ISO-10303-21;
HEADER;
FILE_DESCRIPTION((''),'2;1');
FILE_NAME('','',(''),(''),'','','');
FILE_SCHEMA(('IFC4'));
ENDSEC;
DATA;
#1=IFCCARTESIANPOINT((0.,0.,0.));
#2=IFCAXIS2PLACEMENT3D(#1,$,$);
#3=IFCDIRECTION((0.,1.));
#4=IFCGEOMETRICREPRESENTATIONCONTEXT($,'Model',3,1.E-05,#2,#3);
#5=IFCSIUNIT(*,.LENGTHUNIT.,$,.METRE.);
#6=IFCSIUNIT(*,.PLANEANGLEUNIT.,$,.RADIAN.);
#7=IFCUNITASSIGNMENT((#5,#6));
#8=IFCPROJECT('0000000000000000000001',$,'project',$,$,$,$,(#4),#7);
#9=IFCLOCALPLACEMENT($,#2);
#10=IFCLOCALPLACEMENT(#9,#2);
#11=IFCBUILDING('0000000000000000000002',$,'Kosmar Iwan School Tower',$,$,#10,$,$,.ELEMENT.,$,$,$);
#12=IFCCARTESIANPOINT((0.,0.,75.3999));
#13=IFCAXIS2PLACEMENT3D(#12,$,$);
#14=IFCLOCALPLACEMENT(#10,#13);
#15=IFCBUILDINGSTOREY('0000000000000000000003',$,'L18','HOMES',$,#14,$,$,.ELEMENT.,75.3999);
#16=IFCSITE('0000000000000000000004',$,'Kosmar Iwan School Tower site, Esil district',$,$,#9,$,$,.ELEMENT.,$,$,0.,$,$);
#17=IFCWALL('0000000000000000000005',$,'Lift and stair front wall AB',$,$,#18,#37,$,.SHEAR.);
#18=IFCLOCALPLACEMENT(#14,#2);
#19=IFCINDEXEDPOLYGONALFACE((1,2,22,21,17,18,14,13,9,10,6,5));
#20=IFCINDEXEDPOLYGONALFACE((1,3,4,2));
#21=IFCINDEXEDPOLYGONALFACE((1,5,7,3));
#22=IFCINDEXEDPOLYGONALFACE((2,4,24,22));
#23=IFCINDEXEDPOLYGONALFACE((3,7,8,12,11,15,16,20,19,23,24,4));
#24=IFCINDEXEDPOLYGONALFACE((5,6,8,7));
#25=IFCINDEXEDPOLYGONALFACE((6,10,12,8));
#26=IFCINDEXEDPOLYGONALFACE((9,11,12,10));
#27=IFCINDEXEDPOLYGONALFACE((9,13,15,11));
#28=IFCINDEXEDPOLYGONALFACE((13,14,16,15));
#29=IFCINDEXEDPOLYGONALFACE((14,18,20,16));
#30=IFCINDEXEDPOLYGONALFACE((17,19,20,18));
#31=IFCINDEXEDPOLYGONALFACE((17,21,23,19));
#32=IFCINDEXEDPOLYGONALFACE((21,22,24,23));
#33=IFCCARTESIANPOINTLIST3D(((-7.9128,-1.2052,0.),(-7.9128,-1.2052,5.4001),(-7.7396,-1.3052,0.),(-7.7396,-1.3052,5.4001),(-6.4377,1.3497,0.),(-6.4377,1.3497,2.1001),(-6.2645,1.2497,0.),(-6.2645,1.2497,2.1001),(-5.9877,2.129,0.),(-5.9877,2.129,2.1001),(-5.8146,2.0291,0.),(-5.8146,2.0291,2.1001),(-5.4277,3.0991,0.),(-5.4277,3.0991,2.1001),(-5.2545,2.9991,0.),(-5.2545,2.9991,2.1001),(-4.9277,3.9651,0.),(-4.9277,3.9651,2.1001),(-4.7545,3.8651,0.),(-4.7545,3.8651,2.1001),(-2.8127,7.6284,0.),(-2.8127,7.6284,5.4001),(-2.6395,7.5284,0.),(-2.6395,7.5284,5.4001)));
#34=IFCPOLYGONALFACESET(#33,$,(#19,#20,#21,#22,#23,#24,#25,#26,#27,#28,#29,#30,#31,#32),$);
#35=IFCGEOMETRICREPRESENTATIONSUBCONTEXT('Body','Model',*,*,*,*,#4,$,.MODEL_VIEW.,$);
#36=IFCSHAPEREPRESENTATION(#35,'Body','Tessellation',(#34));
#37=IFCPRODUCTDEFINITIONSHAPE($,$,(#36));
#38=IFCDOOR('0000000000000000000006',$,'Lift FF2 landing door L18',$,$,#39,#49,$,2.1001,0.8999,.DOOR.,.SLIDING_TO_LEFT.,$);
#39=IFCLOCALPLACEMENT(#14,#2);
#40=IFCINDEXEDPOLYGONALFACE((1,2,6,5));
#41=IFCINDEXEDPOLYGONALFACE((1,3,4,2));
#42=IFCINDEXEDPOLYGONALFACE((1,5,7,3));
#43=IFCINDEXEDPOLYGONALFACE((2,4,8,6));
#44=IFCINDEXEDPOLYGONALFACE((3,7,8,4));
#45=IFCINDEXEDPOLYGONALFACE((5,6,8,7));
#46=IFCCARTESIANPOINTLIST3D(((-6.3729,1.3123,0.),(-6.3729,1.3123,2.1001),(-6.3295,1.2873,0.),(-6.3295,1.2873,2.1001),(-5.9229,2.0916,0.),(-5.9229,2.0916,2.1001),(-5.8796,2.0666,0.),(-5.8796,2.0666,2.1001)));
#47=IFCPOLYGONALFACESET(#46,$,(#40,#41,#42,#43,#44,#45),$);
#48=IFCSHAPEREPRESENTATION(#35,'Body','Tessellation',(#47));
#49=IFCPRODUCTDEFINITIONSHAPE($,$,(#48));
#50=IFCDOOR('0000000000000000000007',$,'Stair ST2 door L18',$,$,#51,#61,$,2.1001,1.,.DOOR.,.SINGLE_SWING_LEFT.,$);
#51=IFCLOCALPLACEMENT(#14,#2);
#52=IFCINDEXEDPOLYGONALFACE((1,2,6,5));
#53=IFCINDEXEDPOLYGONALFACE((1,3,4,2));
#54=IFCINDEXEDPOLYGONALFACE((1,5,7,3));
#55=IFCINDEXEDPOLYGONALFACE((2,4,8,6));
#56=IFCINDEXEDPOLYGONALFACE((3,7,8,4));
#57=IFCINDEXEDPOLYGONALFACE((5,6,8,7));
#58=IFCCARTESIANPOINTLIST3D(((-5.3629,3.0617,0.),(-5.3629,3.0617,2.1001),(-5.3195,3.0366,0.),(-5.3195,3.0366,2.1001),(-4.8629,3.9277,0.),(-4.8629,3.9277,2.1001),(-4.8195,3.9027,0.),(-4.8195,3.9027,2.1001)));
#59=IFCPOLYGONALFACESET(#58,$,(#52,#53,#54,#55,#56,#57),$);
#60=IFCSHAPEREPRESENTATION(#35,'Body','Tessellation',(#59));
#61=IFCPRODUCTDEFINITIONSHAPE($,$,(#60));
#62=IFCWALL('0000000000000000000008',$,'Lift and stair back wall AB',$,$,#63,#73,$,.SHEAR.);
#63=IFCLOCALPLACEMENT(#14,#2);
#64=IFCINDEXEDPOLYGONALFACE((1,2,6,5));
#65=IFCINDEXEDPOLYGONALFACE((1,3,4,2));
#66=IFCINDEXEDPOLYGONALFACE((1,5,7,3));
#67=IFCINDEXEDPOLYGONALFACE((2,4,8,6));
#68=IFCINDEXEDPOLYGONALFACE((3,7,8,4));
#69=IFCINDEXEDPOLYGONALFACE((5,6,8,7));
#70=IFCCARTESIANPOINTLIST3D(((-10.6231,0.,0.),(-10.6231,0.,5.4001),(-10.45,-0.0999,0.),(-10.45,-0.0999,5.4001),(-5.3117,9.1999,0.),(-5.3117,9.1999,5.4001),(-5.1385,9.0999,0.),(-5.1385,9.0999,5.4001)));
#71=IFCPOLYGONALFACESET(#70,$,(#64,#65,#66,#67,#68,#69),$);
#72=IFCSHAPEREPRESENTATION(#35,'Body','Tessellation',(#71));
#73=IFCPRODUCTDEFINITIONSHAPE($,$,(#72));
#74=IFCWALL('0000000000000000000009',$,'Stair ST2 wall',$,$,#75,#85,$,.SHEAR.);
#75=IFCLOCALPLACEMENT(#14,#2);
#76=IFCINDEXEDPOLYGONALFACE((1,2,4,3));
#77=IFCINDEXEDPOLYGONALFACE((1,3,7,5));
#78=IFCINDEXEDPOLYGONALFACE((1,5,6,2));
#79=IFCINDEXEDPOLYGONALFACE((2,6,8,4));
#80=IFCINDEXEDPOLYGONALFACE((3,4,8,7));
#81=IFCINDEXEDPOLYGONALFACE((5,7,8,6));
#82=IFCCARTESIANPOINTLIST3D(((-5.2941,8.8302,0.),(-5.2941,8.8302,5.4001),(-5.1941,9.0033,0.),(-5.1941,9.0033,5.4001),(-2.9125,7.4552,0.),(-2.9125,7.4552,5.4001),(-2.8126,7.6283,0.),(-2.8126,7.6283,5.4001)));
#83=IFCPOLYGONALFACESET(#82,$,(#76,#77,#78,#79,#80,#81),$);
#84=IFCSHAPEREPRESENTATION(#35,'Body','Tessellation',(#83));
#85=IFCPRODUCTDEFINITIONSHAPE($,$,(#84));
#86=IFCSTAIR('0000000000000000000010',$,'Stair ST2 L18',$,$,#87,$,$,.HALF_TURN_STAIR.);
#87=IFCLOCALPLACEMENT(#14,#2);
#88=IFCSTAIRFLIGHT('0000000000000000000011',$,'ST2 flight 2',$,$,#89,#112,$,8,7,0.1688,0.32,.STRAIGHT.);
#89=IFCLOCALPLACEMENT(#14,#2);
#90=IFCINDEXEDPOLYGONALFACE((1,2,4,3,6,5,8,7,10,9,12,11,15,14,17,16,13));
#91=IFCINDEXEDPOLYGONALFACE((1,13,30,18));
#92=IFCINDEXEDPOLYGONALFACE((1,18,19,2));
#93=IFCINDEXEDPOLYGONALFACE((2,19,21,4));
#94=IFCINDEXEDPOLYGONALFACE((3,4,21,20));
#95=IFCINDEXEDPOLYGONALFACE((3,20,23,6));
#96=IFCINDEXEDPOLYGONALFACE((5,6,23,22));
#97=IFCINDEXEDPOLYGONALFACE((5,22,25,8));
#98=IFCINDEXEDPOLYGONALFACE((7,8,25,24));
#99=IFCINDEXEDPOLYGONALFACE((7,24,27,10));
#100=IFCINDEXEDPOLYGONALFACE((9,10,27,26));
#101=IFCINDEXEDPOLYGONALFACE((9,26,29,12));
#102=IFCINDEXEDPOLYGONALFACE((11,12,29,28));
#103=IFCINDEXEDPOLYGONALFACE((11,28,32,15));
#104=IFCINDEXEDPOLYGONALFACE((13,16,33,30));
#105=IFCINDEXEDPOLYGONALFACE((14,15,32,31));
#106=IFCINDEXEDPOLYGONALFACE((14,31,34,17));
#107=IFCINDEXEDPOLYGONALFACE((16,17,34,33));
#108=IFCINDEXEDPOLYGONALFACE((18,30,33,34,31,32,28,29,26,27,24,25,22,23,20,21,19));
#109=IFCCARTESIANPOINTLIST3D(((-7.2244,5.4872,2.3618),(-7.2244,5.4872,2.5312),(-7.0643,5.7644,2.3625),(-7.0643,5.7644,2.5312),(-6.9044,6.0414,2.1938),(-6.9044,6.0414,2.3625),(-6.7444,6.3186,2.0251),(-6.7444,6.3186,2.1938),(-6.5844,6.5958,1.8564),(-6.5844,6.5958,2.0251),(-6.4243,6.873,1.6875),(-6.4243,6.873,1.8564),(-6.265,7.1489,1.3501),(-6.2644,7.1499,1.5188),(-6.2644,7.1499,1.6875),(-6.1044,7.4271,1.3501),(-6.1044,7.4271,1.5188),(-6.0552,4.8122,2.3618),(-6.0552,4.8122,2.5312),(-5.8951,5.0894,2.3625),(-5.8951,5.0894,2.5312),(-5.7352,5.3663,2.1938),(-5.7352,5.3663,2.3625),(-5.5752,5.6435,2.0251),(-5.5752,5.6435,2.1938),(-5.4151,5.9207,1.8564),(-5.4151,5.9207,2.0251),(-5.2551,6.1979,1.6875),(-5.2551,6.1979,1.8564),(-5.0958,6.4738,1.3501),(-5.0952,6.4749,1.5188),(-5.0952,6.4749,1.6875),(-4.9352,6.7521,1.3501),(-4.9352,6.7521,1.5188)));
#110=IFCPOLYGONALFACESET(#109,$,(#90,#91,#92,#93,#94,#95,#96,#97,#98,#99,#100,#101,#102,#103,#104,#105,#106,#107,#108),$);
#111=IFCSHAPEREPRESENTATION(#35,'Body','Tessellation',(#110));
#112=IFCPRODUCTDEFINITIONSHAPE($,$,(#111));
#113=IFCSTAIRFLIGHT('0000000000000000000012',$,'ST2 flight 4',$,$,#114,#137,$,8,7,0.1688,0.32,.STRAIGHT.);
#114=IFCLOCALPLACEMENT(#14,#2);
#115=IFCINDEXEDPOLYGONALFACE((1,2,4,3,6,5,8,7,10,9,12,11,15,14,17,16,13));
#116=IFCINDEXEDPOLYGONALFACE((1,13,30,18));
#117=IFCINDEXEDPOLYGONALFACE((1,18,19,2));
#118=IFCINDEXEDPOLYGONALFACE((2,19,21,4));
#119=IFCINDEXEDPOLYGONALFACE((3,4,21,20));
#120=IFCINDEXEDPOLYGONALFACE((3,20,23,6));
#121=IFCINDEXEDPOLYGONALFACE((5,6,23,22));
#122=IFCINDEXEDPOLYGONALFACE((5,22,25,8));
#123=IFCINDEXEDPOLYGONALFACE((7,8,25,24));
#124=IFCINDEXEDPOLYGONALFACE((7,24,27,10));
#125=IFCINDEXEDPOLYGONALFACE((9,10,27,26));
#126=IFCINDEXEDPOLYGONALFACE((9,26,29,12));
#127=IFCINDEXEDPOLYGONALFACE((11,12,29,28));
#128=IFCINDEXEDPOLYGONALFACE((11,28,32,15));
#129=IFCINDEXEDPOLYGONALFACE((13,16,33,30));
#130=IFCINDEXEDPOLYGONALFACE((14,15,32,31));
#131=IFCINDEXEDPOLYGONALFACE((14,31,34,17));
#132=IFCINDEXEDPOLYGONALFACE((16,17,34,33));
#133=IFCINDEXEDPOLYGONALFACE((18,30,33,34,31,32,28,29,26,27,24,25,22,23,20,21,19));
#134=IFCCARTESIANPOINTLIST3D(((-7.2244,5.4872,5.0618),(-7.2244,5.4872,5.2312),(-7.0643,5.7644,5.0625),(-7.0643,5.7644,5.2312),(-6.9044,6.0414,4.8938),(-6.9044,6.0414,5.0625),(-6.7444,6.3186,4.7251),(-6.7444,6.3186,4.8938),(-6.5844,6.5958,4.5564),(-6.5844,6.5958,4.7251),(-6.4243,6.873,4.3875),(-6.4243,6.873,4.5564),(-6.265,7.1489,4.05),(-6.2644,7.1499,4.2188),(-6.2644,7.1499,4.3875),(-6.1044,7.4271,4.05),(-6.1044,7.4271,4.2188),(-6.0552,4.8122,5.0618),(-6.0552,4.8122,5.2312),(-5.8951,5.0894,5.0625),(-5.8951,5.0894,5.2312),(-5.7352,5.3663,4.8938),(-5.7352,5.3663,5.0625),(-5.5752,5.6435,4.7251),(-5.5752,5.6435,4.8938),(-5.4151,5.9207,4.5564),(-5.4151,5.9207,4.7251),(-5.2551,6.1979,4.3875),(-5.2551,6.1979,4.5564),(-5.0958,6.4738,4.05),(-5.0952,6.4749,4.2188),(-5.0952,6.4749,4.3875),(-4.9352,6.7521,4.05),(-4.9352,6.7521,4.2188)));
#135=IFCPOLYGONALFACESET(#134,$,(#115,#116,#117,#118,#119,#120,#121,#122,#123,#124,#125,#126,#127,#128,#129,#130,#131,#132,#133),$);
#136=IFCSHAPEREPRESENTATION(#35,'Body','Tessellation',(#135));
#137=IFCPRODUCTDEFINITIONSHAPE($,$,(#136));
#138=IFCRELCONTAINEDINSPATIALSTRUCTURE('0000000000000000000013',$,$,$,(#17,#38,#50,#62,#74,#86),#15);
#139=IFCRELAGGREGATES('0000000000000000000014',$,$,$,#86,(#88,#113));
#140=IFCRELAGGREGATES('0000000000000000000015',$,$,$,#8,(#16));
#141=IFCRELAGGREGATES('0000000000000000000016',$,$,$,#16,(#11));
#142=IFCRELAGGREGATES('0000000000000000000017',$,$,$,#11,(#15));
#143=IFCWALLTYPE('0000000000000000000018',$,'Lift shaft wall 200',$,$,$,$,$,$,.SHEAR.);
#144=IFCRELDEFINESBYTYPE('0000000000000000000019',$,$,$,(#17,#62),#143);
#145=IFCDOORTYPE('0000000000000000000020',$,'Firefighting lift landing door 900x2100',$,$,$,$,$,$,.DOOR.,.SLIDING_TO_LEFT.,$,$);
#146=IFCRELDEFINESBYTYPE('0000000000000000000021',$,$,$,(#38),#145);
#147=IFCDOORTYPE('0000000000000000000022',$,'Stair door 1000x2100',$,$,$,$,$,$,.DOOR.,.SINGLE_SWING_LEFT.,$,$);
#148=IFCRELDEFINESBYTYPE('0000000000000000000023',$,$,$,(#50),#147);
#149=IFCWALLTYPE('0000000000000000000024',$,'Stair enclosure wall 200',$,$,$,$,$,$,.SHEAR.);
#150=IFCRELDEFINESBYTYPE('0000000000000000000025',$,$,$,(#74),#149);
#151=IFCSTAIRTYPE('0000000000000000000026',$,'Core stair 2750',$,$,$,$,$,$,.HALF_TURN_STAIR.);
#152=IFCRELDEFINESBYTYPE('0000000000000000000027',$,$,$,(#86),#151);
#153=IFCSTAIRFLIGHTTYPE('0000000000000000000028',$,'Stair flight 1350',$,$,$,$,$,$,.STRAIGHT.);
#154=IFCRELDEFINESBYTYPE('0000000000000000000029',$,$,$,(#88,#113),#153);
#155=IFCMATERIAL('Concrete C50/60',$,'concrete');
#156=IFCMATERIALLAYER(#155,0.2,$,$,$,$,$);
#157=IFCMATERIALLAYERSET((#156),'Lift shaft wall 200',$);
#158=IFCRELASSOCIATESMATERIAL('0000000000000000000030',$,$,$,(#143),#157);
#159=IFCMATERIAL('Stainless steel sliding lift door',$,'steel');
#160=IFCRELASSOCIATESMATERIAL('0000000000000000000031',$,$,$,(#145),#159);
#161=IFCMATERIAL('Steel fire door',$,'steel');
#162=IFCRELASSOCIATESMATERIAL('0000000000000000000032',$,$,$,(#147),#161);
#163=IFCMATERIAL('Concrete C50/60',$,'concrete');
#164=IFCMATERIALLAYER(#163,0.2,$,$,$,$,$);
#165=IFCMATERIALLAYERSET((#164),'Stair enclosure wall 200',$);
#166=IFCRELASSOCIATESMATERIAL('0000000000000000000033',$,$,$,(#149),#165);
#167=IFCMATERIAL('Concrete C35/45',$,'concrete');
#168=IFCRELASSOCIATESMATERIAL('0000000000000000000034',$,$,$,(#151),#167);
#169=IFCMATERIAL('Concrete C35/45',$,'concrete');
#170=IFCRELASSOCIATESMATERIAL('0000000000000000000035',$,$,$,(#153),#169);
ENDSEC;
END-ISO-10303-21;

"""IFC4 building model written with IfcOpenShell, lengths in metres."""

from ifc_helpers import new_model, si_unit, direction, frame, frame_2d, origin, place, context, subcontext, project, spatial, polyline, rectangle, outline, extrude, material, layer, layer_set, type_object, element, fill, aggregate, save


model = new_model("IFC4")

# Units and contexts
model_context = context("Model", 3, precision=1e-05, world=origin(), true_north=direction((0.0, 1.0)))
body_context = subcontext(model_context, "Body", "Model", "MODEL_VIEW")
ifc_project = project(units=[si_unit("LENGTHUNIT", "METRE"), si_unit("PLANEANGLEUNIT", "RADIAN")], contexts=[model_context])

# Site, building, storey
site_placement = place(None, origin())
site = spatial("IfcSite", under=ifc_project, at=site_placement, Name="Kosmar Iwan School Tower site, Esil district", CompositionType="ELEMENT", RefElevation=0.0)
building_placement = place(site_placement, origin())
building = spatial("IfcBuilding", under=site, at=building_placement, Name="Kosmar Iwan School Tower", CompositionType="ELEMENT")
storey_placement = place(building_placement, frame((0.0, 0.0, 75.3999)))
storey = spatial("IfcBuildingStorey", under=building, at=storey_placement, Name="L18", Description="HOMES", CompositionType="ELEMENT", Elevation=75.3999)

# Wall, openings, doors
ifc_material_1 = material(Name="Concrete C50/60", Category="concrete")
ifc_layer_1 = layer(ifc_material_1, 0.2)
ifc_layer_set_1 = layer_set([ifc_layer_1], Name="Lift shaft wall 200")
wall_type_1 = type_object("IfcWallType", Name="Lift shaft wall 200", PredefinedType="SHEAR", material=ifc_layer_set_1)
wall_1_placement = place(storey_placement, frame((-2.7261, 7.5784, 0.0), z_axis=(0.0, 0.0, 1.0), x_axis=(-0.500006, -0.866022, 0.0)))
wall_1 = element("IfcWall", 1, at=wall_1_placement, inside=storey, type_object=wall_type_1, Name="Lift and stair front wall AB", PredefinedType="SHEAR", context=body_context, shape_type="SweptSolid", body=[
    extrude(rectangle(XDim=10.2002, YDim=0.2, at=frame_2d((5.1001, 0.0))), origin(), (0.0, 0.0, 1.0), 5.4001),
])
opening_1_placement = place(wall_1_placement, frame((6.3501, 0.0, 0.0)))
opening_1 = element("IfcOpeningElement", 2, at=opening_1_placement, cuts=wall_1, PredefinedType="OPENING", context=body_context, shape_type="SweptSolid", body=[
    extrude(rectangle(XDim=0.8999, YDim=2.1001, at=frame_2d((0.45, 1.05))), frame((0.0, 0.1121, 0.0), z_axis=(0.0, -1.0, 0.0), x_axis=(1.0, 0.0, 0.0)), (0.0, 0.0, 1.0), 0.2239),
])
opening_2_placement = place(wall_1_placement, frame((4.23, 0.0, 0.0)))
opening_2 = element("IfcOpeningElement", 3, at=opening_2_placement, cuts=wall_1, PredefinedType="OPENING", context=body_context, shape_type="SweptSolid", body=[
    extrude(rectangle(XDim=1.0, YDim=2.1001, at=frame_2d((0.5, 1.05))), frame((0.0, 0.1121, 0.0), z_axis=(0.0, -1.0, 0.0), x_axis=(1.0, 0.0, 0.0)), (0.0, 0.0, 1.0), 0.2239),
])
ifc_material_2 = material(Name="Stainless steel sliding lift door", Category="steel")
door_type_1 = type_object("IfcDoorType", Name="Firefighting lift landing door 900x2100", OperationType="SLIDING_TO_LEFT", PredefinedType="DOOR", material=ifc_material_2)
door_1_placement = place(opening_1_placement, origin())
door_1 = element("IfcDoor", 4, at=door_1_placement, inside=storey, type_object=door_type_1, Name="Lift FF2 landing door L18", OperationType="SLIDING_TO_LEFT", OverallHeight=2.1001, OverallWidth=0.8999, PredefinedType="DOOR", context=body_context, shape_type="SweptSolid", body=[
    extrude(rectangle(XDim=0.8999, YDim=2.1001, at=frame_2d((0.45, 1.05))), frame((0.0, 0.0249, 0.0), z_axis=(0.0, -1.0, 0.0), x_axis=(1.0, 0.0, 0.0)), (0.0, 0.0, 1.0), 0.05),
])
fill(opening_1, door_1)
ifc_material_3 = material(Name="Steel fire door", Category="steel")
door_type_2 = type_object("IfcDoorType", Name="Stair door 1000x2100", OperationType="SINGLE_SWING_LEFT", PredefinedType="DOOR", material=ifc_material_3)
door_2_placement = place(opening_2_placement, origin())
door_2 = element("IfcDoor", 5, at=door_2_placement, inside=storey, type_object=door_type_2, Name="Stair ST2 door L18", OperationType="SINGLE_SWING_LEFT", OverallHeight=2.1001, OverallWidth=1.0, PredefinedType="DOOR", context=body_context, shape_type="SweptSolid", body=[
    extrude(rectangle(XDim=1.0, YDim=2.1001, at=frame_2d((0.5, 1.05))), frame((0.0, 0.0249, 0.0), z_axis=(0.0, -1.0, 0.0), x_axis=(1.0, 0.0, 0.0)), (0.0, 0.0, 1.0), 0.05),
])
fill(opening_2, door_2)

# Walls
wall_2_placement = place(storey_placement, frame((-5.2251, 9.1499, 0.0), z_axis=(0.0, 0.0, 1.0), x_axis=(-0.499995, -0.866028, 0.0)))
element("IfcWall", 6, at=wall_2_placement, inside=storey, type_object=wall_type_1, Name="Lift and stair back wall AB", PredefinedType="SHEAR", context=body_context, shape_type="SweptSolid", body=[
    extrude(rectangle(XDim=10.623, YDim=0.2, at=frame_2d((5.3115, 0.0))), origin(), (0.0, 0.0, 1.0), 5.4001),
])
ifc_material_4 = material(Name="Concrete C50/60", Category="concrete")
ifc_layer_2 = layer(ifc_material_4, 0.2)
ifc_layer_set_2 = layer_set([ifc_layer_2], Name="Stair enclosure wall 200")
wall_type_2 = type_object("IfcWallType", Name="Stair enclosure wall 200", PredefinedType="SHEAR", material=ifc_layer_set_2)
wall_3_placement = place(storey_placement, frame((-2.8625, 7.5417, 0.0), z_axis=(0.0, 0.0, 1.0), x_axis=(-0.866027, 0.499997, 0.0)))
element("IfcWall", 7, at=wall_3_placement, inside=storey, type_object=wall_type_2, Name="Stair ST2 wall", PredefinedType="SHEAR", context=body_context, shape_type="SweptSolid", body=[
    extrude(rectangle(XDim=2.75, YDim=0.2, at=frame_2d((1.375, 0.0))), origin(), (0.0, 0.0, 1.0), 5.4001),
])

# Stair, stair flights
ifc_material_5 = material(Name="Concrete C35/45", Category="concrete")
stair_type = type_object("IfcStairType", Name="Core stair 2750", PredefinedType="HALF_TURN_STAIR", material=ifc_material_5)
stair_placement = place(storey_placement, origin())
stair = element("IfcStair", 8, at=stair_placement, inside=storey, type_object=stair_type, Name="Stair ST2 L18", PredefinedType="HALF_TURN_STAIR")
ifc_material_6 = material(Name="Concrete C35/45", Category="concrete")
stair_flight_type = type_object("IfcStairFlightType", Name="Stair flight 1350", PredefinedType="STRAIGHT", material=ifc_material_6)
stair_flight_1_placement = place(storey_placement, frame((-5.5198, 7.0896, 1.3501), z_axis=(0.0, 0.0, 1.0), x_axis=(-0.5, -0.866025, 0.0)))
stair_flight_1 = element("IfcStairFlight", 9, at=stair_flight_1_placement, type_object=stair_flight_type, Name="ST2 flight 2", NumberOfRisers=8, NumberOfTreads=7, PredefinedType="STRAIGHT", RiserHeight=0.1688, TreadLength=0.32, context=body_context, shape_type="SweptSolid", body=[
    extrude(outline(polyline([(0.0, 0.0), (0.0, 0.1687), (0.3201, 0.1687), (0.3201, 0.3374), (0.6399, 0.3374), (0.6399, 0.5063), (0.96, 0.5063), (0.96, 0.675), (1.28, 0.675), (1.28, 0.8438), (1.6001, 0.8438), (1.6001, 1.0125), (1.9199, 1.0125), (1.9199, 1.1812), (2.24, 1.1812), (2.24, 1.3501), (2.24, 1.0117), (0.3213, 0.0), (0.0, 0.0)])), frame((0.0, 0.675, 0.0), z_axis=(0.0, -1.0, 0.0), x_axis=(1.0, 0.0, 0.0)), (0.0, 0.0, 1.0), 1.3501),
])
stair_flight_2_placement = place(storey_placement, frame((-5.5198, 7.0896, 4.05), z_axis=(0.0, 0.0, 1.0), x_axis=(-0.5, -0.866025, 0.0)))
stair_flight_2 = element("IfcStairFlight", 10, at=stair_flight_2_placement, type_object=stair_flight_type, Name="ST2 flight 4", NumberOfRisers=8, NumberOfTreads=7, PredefinedType="STRAIGHT", RiserHeight=0.1688, TreadLength=0.32, context=body_context, shape_type="SweptSolid", body=[
    extrude(outline(polyline([(0.0, 0.0), (0.0, 0.1687), (0.3201, 0.1687), (0.3201, 0.3374), (0.6399, 0.3374), (0.6399, 0.5063), (0.96, 0.5063), (0.96, 0.675), (1.28, 0.675), (1.28, 0.8438), (1.6001, 0.8438), (1.6001, 1.0125), (1.9199, 1.0125), (1.9199, 1.1812), (2.24, 1.1812), (2.24, 1.3501), (2.24, 1.0117), (0.3213, 0.0), (0.0, 0.0)])), frame((0.0, 0.675, 0.0), z_axis=(0.0, -1.0, 0.0), x_axis=(1.0, 0.0, 0.0)), (0.0, 0.0, 1.0), 1.3501),
])
aggregate(stair, [stair_flight_1, stair_flight_2])

save(model, "model.ifc")
